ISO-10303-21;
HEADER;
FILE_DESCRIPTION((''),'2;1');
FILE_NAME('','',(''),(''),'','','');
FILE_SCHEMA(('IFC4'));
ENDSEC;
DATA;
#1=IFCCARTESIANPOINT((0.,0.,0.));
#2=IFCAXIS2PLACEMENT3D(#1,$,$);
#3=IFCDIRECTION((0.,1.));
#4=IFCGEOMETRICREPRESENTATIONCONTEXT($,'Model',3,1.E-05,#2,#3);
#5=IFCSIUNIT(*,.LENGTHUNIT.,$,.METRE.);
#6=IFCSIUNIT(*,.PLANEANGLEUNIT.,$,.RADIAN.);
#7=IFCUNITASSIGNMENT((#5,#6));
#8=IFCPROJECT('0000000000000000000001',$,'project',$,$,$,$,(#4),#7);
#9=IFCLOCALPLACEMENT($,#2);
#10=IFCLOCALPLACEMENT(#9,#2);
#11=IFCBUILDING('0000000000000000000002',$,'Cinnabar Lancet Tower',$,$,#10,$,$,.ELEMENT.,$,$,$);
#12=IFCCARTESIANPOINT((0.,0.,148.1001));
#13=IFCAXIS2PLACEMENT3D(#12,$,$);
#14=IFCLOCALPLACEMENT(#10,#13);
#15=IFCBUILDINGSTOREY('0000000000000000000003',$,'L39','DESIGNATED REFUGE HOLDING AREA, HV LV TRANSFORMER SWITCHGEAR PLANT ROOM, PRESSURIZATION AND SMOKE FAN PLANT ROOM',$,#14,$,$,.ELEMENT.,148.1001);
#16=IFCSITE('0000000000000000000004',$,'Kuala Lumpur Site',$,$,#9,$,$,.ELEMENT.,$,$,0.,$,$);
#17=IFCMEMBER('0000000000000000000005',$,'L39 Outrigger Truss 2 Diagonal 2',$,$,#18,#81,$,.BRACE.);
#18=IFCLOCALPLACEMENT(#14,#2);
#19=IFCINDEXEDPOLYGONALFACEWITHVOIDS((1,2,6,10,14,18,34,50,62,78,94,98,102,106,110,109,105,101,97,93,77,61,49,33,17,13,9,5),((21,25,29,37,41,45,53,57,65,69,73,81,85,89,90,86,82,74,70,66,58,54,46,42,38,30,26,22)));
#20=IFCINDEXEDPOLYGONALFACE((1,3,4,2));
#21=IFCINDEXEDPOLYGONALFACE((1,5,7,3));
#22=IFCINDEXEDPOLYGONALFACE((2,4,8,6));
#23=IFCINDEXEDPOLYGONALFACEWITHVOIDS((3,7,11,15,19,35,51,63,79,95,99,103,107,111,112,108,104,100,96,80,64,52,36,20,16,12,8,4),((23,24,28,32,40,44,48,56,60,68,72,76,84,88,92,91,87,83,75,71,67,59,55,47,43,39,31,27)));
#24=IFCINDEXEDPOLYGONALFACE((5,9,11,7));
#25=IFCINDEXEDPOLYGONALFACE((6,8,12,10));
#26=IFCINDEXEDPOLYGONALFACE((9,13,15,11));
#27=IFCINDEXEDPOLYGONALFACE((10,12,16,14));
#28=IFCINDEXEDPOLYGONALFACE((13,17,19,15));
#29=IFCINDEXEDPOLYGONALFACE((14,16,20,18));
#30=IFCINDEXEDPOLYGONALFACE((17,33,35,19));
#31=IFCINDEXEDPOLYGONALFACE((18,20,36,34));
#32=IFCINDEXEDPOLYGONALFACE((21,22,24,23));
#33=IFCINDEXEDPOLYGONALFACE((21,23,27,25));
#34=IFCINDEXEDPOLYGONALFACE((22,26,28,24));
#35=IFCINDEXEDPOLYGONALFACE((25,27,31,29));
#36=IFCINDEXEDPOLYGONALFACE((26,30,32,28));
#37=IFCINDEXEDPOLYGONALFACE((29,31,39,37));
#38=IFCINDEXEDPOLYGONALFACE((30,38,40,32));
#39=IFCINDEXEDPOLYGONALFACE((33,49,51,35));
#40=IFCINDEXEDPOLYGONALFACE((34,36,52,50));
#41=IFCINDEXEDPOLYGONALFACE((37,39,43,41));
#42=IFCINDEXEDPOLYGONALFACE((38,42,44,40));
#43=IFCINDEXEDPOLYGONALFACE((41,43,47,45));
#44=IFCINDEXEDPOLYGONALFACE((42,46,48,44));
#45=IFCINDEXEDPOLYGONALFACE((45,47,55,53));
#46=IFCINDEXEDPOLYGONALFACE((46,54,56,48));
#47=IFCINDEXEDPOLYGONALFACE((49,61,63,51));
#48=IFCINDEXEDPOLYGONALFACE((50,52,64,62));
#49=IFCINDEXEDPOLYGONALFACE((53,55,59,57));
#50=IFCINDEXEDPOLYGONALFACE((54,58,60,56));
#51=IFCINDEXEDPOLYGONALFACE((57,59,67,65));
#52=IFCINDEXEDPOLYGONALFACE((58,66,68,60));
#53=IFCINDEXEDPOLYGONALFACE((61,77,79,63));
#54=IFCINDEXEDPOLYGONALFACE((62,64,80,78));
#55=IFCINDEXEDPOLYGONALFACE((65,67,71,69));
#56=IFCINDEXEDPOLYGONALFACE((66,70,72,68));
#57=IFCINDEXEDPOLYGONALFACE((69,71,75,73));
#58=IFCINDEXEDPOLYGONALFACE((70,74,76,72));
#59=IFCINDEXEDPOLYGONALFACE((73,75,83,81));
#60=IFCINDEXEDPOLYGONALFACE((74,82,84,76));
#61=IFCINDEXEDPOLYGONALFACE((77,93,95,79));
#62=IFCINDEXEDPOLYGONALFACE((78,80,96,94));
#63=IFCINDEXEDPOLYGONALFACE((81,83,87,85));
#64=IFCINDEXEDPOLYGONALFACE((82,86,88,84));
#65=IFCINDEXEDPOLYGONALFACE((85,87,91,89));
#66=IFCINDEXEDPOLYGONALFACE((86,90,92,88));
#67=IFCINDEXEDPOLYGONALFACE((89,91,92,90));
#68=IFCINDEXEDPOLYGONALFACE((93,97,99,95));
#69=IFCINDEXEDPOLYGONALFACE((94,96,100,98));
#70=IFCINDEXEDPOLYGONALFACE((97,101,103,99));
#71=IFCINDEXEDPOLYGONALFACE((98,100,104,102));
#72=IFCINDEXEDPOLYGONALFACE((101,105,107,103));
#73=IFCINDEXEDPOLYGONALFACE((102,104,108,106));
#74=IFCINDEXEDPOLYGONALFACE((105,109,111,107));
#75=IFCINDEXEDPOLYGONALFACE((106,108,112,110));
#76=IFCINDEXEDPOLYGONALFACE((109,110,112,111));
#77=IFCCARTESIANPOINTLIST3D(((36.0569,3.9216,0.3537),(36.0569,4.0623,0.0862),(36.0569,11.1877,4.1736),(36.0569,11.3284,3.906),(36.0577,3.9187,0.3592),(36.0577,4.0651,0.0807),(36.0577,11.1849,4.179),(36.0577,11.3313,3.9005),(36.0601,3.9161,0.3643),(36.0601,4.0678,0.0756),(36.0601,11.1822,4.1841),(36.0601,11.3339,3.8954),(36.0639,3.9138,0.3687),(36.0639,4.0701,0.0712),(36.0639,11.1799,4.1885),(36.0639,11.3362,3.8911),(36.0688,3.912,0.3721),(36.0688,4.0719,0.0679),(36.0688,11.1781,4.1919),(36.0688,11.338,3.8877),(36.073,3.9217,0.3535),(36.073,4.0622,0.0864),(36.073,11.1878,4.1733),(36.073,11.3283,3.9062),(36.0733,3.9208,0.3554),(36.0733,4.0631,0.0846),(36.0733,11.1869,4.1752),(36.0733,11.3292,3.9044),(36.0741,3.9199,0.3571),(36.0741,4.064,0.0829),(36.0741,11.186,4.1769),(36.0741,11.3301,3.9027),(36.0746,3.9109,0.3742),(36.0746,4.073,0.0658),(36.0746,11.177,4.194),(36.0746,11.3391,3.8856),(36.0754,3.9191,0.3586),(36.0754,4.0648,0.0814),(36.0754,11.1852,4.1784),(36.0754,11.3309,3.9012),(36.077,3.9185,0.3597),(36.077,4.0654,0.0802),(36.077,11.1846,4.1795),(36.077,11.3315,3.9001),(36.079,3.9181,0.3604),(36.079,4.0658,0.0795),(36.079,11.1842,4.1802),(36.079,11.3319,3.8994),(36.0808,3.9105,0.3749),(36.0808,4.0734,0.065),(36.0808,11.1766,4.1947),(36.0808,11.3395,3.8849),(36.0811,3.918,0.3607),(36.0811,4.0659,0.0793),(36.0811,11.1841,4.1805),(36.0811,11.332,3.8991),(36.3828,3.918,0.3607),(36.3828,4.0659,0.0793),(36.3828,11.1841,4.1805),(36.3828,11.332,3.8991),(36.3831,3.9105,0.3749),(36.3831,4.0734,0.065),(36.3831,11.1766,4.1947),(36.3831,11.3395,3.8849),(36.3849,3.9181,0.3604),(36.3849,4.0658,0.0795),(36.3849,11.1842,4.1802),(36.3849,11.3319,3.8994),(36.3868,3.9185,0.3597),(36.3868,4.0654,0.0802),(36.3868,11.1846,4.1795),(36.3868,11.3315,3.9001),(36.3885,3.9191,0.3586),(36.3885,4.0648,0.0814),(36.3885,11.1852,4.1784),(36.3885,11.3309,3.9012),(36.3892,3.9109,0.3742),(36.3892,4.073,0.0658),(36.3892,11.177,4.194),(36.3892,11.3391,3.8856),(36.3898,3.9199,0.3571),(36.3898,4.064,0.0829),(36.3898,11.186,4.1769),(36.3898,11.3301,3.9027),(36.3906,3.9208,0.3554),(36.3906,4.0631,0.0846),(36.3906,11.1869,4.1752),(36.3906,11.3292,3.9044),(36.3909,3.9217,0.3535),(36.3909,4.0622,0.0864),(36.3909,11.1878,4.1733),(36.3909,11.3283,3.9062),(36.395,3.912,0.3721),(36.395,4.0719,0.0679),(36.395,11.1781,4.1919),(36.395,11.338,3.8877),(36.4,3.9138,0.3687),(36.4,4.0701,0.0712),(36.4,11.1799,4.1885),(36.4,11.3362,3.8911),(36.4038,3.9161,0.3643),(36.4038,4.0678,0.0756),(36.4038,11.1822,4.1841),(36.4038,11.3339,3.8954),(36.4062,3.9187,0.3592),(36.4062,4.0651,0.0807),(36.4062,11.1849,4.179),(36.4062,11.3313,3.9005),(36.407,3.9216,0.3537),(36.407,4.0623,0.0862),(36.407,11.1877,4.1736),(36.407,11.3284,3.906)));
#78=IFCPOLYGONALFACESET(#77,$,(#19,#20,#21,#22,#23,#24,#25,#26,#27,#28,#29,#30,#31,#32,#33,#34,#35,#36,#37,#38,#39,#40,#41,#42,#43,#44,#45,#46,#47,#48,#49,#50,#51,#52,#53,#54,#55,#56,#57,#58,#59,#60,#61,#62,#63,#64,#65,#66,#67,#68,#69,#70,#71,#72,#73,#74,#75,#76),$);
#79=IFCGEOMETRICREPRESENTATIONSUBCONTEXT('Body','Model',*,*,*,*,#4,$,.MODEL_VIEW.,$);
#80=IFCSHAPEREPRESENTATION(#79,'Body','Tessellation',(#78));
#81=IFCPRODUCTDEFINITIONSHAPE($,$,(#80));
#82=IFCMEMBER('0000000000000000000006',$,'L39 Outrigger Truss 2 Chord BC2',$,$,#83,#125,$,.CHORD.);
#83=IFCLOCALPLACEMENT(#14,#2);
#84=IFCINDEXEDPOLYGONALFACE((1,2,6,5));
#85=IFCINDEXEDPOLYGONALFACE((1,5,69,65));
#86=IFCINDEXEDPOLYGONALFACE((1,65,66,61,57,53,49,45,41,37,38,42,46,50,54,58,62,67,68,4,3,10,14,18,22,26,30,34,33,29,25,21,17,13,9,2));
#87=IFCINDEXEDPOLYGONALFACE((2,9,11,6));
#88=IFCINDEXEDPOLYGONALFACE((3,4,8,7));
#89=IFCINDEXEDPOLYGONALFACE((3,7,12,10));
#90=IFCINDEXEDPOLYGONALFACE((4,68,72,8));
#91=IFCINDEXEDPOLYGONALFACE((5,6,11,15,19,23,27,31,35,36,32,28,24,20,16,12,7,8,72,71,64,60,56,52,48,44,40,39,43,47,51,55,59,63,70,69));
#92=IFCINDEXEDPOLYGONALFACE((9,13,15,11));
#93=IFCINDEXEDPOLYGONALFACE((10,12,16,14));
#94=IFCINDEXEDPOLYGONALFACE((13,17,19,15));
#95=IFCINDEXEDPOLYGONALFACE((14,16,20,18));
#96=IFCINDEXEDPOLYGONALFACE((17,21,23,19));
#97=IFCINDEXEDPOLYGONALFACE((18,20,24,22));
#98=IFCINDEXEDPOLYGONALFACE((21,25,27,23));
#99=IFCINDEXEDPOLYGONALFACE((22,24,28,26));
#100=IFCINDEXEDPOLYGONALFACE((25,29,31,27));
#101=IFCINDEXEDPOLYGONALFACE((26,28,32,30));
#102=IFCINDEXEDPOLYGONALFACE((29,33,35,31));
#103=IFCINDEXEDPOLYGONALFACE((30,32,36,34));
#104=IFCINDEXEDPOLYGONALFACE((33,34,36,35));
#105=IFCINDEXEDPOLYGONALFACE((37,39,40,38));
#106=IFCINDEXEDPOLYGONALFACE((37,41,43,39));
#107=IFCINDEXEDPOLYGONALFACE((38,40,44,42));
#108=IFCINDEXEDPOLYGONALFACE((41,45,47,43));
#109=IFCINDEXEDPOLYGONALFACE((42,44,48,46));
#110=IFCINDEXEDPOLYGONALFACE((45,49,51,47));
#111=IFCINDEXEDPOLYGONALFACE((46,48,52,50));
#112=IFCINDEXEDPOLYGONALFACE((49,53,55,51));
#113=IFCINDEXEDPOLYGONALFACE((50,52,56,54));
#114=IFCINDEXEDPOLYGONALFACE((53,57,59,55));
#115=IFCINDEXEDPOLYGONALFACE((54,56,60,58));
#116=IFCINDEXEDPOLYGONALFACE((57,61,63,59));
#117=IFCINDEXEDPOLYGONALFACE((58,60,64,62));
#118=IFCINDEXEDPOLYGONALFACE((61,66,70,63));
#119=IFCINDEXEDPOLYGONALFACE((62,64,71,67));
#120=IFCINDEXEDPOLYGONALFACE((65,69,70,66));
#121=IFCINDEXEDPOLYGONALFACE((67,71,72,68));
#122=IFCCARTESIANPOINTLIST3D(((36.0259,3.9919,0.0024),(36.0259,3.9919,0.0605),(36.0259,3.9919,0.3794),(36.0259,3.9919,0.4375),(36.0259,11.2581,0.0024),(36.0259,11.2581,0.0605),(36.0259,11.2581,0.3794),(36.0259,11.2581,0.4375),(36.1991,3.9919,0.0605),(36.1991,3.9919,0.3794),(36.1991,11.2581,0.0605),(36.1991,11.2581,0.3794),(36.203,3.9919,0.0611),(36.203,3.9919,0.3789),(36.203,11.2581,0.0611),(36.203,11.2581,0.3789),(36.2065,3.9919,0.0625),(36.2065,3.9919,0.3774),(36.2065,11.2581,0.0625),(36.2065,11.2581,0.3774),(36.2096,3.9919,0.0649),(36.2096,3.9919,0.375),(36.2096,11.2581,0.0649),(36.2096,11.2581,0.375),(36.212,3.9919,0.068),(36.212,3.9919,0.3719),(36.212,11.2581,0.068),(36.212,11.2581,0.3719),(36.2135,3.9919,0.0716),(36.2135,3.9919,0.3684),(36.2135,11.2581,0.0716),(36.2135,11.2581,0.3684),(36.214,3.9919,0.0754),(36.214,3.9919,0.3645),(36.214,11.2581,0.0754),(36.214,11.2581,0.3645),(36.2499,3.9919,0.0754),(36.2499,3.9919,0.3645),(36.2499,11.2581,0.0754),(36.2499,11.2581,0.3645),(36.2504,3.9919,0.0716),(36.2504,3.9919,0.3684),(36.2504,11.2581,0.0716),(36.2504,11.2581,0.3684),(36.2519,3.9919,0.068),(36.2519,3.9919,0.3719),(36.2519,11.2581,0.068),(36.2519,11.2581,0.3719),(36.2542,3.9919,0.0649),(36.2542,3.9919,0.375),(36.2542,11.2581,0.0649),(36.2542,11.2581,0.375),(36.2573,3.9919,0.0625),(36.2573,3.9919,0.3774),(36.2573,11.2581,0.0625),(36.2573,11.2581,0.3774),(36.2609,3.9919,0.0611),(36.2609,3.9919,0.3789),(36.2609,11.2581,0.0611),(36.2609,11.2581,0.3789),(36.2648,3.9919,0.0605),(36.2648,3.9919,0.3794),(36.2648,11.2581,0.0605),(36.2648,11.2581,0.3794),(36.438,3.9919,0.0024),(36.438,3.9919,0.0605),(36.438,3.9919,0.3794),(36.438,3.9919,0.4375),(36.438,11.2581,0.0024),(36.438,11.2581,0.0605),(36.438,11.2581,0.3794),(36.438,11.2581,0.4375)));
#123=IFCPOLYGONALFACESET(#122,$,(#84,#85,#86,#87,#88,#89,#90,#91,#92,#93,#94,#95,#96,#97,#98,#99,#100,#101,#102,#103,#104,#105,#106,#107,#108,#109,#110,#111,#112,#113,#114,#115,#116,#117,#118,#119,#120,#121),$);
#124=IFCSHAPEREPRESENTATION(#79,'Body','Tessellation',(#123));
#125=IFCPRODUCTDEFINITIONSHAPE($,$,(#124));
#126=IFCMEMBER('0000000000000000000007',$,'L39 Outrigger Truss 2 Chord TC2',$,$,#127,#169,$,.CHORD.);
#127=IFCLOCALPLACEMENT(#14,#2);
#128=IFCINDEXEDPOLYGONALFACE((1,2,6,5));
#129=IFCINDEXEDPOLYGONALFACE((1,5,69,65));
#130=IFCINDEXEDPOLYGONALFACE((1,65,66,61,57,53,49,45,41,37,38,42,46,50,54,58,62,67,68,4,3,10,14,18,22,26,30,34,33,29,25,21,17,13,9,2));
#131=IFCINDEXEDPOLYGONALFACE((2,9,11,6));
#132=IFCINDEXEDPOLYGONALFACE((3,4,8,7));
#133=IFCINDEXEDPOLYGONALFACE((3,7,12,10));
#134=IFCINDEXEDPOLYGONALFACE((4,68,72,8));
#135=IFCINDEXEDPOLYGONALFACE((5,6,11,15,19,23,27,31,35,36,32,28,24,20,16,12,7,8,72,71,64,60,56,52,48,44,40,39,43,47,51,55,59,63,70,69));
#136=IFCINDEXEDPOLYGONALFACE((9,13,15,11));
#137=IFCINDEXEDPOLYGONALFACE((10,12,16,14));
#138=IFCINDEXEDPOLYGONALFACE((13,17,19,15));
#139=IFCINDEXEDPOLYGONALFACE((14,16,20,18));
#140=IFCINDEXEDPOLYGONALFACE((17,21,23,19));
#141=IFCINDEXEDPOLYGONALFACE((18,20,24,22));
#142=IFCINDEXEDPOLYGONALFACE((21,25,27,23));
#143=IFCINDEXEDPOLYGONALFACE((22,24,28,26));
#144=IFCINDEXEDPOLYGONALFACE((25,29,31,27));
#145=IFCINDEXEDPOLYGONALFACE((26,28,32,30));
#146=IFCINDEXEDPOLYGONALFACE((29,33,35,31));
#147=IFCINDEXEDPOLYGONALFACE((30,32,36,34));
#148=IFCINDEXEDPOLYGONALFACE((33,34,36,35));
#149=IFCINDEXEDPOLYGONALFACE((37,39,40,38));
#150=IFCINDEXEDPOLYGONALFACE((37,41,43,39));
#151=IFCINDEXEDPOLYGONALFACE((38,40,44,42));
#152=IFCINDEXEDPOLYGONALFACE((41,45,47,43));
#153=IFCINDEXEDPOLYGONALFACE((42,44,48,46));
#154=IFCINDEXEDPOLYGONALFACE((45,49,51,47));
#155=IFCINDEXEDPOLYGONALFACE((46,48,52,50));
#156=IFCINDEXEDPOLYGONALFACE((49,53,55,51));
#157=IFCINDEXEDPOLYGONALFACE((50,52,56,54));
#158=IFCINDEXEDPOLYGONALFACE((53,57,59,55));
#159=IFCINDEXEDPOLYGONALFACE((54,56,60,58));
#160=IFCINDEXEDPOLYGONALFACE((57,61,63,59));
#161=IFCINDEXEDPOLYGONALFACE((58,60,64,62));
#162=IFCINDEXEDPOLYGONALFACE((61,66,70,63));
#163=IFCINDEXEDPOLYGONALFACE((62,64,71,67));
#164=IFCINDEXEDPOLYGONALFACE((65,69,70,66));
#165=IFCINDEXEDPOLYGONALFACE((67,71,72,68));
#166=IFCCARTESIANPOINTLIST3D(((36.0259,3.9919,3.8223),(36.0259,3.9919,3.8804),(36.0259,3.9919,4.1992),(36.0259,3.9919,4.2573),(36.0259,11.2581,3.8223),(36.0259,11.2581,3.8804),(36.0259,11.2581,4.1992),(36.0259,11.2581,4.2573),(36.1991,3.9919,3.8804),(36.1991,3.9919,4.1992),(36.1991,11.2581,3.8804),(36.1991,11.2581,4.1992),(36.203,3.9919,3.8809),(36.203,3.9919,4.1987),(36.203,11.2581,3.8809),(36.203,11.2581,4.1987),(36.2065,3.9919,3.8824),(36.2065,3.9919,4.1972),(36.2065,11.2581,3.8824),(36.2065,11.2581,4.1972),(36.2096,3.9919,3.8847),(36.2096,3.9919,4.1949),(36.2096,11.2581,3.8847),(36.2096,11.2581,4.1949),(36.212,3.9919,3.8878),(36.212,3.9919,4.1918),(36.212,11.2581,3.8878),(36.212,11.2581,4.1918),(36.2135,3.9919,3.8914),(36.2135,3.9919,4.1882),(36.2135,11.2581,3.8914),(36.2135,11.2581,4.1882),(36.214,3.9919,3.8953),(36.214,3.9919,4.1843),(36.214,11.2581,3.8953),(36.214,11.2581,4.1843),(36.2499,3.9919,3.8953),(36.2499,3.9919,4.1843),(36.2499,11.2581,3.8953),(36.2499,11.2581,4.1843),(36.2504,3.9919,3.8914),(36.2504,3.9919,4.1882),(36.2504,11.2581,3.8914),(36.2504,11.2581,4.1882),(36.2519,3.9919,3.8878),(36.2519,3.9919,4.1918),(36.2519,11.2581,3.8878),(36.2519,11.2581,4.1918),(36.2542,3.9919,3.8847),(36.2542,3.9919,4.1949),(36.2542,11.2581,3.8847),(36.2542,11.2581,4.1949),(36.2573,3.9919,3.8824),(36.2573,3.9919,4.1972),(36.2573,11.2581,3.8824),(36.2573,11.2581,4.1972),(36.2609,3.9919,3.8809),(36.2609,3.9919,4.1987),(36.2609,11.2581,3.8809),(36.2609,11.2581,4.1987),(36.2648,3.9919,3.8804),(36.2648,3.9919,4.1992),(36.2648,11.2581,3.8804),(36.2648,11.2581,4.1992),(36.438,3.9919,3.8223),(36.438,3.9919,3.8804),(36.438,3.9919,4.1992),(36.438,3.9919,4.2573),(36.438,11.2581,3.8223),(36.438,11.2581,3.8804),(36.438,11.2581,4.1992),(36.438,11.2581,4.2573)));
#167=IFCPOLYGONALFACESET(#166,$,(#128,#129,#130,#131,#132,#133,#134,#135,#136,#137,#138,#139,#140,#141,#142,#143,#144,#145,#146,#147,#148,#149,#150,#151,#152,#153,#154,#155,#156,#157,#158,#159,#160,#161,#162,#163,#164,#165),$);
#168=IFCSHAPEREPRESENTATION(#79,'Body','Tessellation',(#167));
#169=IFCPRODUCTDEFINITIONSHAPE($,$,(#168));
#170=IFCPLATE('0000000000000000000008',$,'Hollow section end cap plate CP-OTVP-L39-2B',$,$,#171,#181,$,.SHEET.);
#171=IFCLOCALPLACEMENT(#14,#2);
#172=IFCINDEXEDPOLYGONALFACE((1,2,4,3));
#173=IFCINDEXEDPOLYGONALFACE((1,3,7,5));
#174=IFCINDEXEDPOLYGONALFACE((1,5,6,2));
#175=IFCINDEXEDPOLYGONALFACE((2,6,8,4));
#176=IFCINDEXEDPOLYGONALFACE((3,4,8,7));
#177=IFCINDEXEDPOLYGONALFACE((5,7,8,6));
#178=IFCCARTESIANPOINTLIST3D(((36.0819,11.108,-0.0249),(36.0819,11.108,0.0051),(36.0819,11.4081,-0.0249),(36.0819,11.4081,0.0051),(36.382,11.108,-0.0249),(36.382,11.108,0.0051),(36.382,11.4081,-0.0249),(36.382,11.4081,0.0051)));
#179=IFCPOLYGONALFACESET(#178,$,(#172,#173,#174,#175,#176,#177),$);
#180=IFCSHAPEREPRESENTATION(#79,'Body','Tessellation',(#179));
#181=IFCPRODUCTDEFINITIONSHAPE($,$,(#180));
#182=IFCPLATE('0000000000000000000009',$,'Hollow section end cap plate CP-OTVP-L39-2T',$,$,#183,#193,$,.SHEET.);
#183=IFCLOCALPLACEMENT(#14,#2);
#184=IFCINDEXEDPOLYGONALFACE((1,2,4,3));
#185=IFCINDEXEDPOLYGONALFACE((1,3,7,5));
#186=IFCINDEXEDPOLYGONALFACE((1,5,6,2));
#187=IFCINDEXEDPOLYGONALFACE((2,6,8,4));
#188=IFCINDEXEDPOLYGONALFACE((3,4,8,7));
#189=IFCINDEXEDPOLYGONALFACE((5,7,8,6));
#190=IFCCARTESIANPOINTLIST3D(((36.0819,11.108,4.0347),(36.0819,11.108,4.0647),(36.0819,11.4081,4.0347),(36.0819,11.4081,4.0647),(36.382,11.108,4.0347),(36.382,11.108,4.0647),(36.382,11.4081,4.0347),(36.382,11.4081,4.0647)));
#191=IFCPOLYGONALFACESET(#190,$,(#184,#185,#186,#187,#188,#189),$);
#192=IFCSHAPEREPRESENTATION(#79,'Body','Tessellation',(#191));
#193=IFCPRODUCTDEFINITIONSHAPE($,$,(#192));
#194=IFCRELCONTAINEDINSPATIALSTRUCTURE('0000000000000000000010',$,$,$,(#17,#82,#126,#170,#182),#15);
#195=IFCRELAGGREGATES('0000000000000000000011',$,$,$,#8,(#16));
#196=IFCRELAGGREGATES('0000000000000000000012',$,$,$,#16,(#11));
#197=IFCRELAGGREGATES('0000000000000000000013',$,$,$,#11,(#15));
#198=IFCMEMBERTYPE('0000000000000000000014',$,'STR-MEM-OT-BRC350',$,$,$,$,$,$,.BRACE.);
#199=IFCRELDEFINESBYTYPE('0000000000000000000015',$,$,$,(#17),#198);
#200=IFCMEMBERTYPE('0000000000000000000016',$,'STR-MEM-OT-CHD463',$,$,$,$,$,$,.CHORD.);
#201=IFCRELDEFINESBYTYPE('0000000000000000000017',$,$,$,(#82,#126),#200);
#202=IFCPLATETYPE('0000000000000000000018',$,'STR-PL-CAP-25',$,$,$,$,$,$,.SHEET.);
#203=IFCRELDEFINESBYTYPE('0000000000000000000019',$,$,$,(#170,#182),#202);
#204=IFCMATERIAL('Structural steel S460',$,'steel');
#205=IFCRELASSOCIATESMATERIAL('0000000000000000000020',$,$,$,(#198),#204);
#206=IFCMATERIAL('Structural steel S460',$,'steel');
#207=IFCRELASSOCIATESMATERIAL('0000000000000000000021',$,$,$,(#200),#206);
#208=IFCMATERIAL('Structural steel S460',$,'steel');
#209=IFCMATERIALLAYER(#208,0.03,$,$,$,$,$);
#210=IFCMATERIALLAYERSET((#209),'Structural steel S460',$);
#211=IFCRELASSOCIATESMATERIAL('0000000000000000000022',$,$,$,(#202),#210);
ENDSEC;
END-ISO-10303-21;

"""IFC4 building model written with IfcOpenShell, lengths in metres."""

from ifc_helpers import new_model, si_unit, direction, frame, origin, origin_2d, place, context, subcontext, project, spatial, rectangle, hollow_rectangle, i_section, extrude, material, layer, layer_set, material_profile, profile_set, type_object, element, save


model = new_model("IFC4")

# Units and contexts
model_context = context("Model", 3, precision=1e-05, world=origin(), true_north=direction((0.0, 1.0)))
body_context = subcontext(model_context, "Body", "Model", "MODEL_VIEW")
ifc_project = project(units=[si_unit("LENGTHUNIT", "METRE"), si_unit("PLANEANGLEUNIT", "RADIAN")], contexts=[model_context])

# Site, building, storey
site_placement = place(None, origin())
site = spatial("IfcSite", under=ifc_project, at=site_placement, Name="Kuala Lumpur Site", CompositionType="ELEMENT", RefElevation=0.0)
building_placement = place(site_placement, origin())
building = spatial("IfcBuilding", under=site, at=building_placement, Name="Cinnabar Lancet Tower", CompositionType="ELEMENT")
storey_placement = place(building_placement, frame((0.0, 0.0, 148.1001)))
storey = spatial("IfcBuildingStorey", under=building, at=storey_placement, Name="L39", Description="DESIGNATED REFUGE HOLDING AREA, HV LV TRANSFORMER SWITCHGEAR PLANT ROOM, PRESSURIZATION AND SMOKE FAN PLANT ROOM", CompositionType="ELEMENT", Elevation=148.1001)

# Members
ifc_material_1 = material(Name="Structural steel S460", Category="steel")
ifc_material_profile_1 = material_profile(ifc_material_1, hollow_rectangle(XDim=0.3501, YDim=0.3501, WallThickness=0.0161, InnerFilletRadius=0.0081, OuterFilletRadius=0.0239, at=origin_2d()), Name="SHS 350x350x16")
ifc_profile_set_1 = profile_set([ifc_material_profile_1], Name="Structural steel S460")
member_type_1 = type_object("IfcMemberType", Name="STR-MEM-OT-BRC350", PredefinedType="BRACE", material=ifc_profile_set_1)
member_1_placement = place(storey_placement, frame((36.2319, 11.2581, 4.0398), z_axis=(0.0, -0.885141, -0.465322), x_axis=(1.0, 0.0, 0.0)))
element("IfcMember", 1, at=member_1_placement, inside=storey, type_object=member_type_1, Name="L39 Outrigger Truss 2 Diagonal 2", PredefinedType="BRACE", context=body_context, shape_type="SweptSolid", body=[
    extrude(hollow_rectangle(XDim=0.3501, YDim=0.3501, WallThickness=0.0161, InnerFilletRadius=0.0081, OuterFilletRadius=0.0239, at=origin_2d()), origin(), (0.0, 0.0, 1.0), 8.209),
])
ifc_material_2 = material(Name="Structural steel S460", Category="steel")
ifc_material_profile_2 = material_profile(ifc_material_2, i_section(OverallWidth=0.4121, OverallDepth=0.4351, WebThickness=0.0359, FlangeThickness=0.0581, FilletRadius=0.0149, at=origin_2d()), Name="HD 400x463")
ifc_profile_set_2 = profile_set([ifc_material_profile_2], Name="Structural steel S460")
member_type_2 = type_object("IfcMemberType", Name="STR-MEM-OT-CHD463", PredefinedType="CHORD", material=ifc_profile_set_2)
for number, where, z_axis, x_axis, name in (
    (2, (36.2319, 11.2581, 0.22), (0.0, -1.0, 0.0), (1.0, 0.0, 0.0), "L39 Outrigger Truss 2 Chord BC2"),
    (3, (36.2319, 11.2581, 4.0398), (0.0, -1.0, 0.0), (1.0, 0.0, 0.0), "L39 Outrigger Truss 2 Chord TC2"),
):
    element("IfcMember", number, at=place(storey_placement, frame(where, z_axis=z_axis, x_axis=x_axis)), inside=storey, type_object=member_type_2, Name=name, PredefinedType="CHORD", context=body_context, shape_type="SweptSolid", body=[
        extrude(i_section(OverallWidth=0.4121, OverallDepth=0.4351, WebThickness=0.0359, FlangeThickness=0.0581, FilletRadius=0.0149, at=origin_2d()), origin(), (0.0, 0.0, 1.0), 7.2661),
    ])

# Plates
ifc_material_3 = material(Name="Structural steel S460", Category="steel")
ifc_layer_1 = layer(ifc_material_3, 0.03)
ifc_layer_set_1 = layer_set([ifc_layer_1], Name="Structural steel S460")
plate_type_1 = type_object("IfcPlateType", Name="STR-PL-CAP-25", PredefinedType="SHEET", material=ifc_layer_set_1)
for number, where, z_axis, x_axis, name in (
    (4, (36.2319, 11.2581, -0.0249), (0.0, 0.0, 1.0), (1.0, 0.0, 0.0), "Hollow section end cap plate CP-OTVP-L39-2B"),
    (5, (36.2319, 11.2581, 4.0347), (0.0, 0.0, 1.0), (1.0, 0.0, 0.0), "Hollow section end cap plate CP-OTVP-L39-2T"),
):
    element("IfcPlate", number, at=place(storey_placement, frame(where, z_axis=z_axis, x_axis=x_axis)), inside=storey, type_object=plate_type_1, Name=name, PredefinedType="SHEET", context=body_context, shape_type="SweptSolid", body=[
        extrude(rectangle(XDim=0.3, YDim=0.3, at=origin_2d()), origin(), (0.0, 0.0, 1.0), 0.03),
    ])

save(model, "model.ifc")
